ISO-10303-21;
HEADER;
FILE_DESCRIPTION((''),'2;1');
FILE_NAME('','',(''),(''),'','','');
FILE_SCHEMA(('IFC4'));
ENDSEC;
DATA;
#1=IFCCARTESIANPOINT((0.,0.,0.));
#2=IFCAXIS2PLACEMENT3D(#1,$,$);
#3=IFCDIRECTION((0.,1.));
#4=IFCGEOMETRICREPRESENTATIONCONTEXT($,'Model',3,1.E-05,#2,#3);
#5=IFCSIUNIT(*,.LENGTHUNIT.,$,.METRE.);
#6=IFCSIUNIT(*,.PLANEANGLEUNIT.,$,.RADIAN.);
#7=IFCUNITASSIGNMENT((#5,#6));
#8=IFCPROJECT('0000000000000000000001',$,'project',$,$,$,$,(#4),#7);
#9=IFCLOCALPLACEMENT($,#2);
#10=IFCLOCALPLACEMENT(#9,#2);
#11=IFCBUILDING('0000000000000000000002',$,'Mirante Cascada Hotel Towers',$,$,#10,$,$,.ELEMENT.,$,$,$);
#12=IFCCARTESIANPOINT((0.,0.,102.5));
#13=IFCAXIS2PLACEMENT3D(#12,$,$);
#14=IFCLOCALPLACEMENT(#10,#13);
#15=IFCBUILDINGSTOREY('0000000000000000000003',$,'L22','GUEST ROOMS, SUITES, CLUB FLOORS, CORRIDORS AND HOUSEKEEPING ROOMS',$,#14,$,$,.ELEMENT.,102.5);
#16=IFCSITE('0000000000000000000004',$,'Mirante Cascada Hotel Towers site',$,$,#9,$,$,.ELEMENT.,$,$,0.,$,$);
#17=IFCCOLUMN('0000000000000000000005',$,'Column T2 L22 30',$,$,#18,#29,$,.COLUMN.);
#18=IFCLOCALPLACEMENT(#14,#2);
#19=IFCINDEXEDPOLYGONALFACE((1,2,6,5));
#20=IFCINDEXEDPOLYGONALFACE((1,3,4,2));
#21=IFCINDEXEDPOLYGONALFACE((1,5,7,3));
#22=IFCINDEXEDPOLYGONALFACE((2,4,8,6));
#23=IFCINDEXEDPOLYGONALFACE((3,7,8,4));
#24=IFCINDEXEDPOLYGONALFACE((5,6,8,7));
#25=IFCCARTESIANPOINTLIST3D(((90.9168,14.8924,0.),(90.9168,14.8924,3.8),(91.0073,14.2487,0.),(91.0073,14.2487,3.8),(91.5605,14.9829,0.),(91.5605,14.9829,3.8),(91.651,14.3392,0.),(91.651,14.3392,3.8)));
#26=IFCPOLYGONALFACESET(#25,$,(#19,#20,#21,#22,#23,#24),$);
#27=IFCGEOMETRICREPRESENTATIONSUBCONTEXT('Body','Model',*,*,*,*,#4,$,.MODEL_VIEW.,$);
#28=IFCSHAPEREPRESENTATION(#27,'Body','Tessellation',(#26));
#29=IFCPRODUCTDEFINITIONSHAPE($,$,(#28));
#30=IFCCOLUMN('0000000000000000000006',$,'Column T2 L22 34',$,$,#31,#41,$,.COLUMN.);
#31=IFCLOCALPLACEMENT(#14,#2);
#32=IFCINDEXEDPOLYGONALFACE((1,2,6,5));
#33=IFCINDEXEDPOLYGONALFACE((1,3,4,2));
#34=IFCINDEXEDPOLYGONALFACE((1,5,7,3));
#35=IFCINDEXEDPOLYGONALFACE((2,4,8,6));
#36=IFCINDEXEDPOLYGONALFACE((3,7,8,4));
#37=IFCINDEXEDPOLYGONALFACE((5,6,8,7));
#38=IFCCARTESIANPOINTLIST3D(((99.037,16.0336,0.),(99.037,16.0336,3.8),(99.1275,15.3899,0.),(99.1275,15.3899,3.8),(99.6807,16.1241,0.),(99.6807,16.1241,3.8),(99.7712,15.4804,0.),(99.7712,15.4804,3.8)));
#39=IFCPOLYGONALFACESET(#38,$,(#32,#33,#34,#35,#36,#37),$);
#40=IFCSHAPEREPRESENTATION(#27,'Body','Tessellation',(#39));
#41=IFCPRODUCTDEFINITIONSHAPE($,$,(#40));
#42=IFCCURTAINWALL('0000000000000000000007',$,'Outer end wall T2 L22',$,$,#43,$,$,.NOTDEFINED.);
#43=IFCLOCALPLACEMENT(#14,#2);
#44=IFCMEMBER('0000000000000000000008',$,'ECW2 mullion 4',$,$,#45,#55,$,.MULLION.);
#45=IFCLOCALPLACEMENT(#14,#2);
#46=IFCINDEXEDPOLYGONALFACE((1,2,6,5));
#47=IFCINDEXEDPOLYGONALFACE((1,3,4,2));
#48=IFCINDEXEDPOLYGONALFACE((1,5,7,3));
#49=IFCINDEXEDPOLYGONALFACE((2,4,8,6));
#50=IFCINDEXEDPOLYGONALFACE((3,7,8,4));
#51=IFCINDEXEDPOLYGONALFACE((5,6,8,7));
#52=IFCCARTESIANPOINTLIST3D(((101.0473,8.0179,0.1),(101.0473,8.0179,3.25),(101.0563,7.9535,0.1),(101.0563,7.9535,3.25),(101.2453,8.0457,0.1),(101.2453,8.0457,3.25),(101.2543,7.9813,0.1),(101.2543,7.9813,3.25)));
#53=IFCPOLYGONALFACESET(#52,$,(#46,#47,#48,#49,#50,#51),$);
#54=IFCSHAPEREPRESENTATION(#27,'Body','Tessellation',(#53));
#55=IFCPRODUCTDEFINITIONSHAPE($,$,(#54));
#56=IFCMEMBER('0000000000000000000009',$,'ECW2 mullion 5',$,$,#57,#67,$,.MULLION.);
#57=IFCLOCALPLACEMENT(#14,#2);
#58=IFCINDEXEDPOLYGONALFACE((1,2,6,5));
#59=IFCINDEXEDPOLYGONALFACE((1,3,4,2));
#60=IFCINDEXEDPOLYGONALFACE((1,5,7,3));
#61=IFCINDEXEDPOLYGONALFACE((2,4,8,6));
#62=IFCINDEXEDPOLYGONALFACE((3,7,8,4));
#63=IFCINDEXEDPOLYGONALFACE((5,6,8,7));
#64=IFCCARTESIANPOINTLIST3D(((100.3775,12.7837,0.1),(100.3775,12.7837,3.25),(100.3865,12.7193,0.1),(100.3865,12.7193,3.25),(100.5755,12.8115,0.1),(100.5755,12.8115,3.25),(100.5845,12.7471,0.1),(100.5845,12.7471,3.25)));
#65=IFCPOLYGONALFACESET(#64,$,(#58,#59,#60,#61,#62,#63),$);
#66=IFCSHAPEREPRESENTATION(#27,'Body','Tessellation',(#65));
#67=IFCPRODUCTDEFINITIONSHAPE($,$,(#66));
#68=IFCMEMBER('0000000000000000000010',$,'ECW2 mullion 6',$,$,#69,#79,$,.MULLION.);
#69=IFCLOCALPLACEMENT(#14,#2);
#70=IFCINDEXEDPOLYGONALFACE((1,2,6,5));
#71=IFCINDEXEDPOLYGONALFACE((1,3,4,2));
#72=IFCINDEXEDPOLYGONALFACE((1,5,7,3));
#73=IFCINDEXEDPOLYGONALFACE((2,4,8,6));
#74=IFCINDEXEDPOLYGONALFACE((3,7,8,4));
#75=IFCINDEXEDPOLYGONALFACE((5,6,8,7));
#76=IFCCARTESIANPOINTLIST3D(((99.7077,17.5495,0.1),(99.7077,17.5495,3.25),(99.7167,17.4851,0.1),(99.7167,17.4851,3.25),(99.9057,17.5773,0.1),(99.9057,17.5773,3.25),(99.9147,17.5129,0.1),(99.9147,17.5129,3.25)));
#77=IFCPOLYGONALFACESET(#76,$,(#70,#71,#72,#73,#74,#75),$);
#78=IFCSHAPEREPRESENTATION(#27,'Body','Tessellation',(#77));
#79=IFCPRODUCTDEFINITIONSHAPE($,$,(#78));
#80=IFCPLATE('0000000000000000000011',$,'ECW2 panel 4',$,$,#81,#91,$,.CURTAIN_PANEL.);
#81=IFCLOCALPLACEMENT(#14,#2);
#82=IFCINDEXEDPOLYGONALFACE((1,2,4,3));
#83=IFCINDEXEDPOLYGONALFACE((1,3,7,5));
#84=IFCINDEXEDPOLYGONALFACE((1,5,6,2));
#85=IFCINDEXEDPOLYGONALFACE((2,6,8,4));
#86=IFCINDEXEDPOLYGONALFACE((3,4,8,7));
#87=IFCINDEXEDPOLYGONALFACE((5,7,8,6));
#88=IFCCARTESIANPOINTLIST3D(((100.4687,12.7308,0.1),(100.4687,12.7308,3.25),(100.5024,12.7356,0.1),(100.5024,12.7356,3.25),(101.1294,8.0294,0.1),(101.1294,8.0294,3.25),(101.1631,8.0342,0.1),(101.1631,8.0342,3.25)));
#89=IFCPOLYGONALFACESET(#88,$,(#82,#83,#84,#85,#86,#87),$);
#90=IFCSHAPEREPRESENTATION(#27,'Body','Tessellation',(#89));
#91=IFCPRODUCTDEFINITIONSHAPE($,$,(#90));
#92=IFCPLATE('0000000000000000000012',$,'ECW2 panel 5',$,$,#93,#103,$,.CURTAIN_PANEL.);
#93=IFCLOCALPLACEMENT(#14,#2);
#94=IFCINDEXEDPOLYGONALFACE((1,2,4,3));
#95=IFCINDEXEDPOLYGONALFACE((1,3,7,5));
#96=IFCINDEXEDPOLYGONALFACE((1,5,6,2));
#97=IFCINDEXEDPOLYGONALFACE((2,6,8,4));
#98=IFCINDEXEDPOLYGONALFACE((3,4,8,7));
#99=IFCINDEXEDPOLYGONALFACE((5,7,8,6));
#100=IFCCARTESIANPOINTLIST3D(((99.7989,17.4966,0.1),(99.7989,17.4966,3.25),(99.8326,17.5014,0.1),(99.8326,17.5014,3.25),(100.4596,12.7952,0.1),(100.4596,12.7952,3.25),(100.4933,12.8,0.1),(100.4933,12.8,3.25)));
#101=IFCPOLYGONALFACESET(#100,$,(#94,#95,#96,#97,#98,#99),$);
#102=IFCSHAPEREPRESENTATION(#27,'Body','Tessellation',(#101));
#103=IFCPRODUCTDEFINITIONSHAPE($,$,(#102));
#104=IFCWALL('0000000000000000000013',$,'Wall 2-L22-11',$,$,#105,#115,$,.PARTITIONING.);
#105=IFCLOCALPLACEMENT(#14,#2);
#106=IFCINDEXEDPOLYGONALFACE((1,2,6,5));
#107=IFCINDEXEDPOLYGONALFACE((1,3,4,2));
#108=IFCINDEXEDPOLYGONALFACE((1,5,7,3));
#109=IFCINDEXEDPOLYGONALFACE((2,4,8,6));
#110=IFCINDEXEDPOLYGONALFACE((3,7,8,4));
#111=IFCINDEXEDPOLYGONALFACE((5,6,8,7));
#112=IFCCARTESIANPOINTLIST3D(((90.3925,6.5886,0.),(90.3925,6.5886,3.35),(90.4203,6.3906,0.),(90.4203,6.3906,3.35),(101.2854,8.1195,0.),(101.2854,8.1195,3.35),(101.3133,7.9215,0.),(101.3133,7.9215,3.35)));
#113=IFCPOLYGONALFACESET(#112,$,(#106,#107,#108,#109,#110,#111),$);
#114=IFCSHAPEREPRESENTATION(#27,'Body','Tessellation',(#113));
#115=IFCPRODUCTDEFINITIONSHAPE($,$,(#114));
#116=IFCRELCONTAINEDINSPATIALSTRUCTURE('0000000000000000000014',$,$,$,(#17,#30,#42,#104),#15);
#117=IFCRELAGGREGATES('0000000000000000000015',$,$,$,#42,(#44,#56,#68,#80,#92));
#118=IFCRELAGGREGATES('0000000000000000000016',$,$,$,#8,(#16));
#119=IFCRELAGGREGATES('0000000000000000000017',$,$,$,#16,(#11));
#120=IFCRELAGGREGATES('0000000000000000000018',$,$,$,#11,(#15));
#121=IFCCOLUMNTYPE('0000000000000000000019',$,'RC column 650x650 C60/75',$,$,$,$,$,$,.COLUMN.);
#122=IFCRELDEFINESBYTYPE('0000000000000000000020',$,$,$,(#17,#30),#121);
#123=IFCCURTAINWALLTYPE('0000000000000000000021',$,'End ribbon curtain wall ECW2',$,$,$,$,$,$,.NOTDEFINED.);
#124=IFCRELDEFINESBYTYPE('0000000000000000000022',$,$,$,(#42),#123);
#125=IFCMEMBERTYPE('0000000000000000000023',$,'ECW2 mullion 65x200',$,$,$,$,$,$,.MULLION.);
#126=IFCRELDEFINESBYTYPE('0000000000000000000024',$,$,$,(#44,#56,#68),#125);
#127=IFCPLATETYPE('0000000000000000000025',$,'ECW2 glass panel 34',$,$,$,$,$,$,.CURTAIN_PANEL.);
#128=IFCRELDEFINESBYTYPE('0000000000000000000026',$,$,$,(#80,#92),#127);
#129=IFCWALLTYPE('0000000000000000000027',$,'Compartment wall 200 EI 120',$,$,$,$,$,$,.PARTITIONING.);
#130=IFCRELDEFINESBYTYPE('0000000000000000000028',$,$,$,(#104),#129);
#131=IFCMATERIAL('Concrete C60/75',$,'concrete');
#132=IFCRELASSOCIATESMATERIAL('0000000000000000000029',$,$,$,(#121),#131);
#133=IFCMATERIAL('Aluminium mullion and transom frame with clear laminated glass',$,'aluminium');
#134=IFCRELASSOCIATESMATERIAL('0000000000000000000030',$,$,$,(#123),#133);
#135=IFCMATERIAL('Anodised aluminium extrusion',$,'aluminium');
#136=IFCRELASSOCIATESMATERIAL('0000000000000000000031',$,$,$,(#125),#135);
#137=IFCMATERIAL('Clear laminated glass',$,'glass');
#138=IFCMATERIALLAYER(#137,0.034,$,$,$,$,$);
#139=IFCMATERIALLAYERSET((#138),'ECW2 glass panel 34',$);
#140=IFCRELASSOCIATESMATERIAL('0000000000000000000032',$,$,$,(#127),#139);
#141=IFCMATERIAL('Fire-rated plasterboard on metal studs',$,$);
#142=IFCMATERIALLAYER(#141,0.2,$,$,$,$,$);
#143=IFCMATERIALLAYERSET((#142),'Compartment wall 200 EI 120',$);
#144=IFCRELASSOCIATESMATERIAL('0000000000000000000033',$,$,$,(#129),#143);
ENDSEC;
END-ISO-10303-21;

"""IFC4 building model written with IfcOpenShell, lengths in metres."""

from ifc_helpers import new_model, si_unit, direction, frame, frame_2d, origin, origin_2d, place, context, subcontext, project, spatial, rectangle, extrude, material, layer, layer_set, material_profile, profile_set, type_object, element, aggregate, save


model = new_model("IFC4")

# Units and contexts
model_context = context("Model", 3, precision=1e-05, world=origin(), true_north=direction((0.0, 1.0)))
body_context = subcontext(model_context, "Body", "Model", "MODEL_VIEW")
ifc_project = project(units=[si_unit("LENGTHUNIT", "METRE"), si_unit("PLANEANGLEUNIT", "RADIAN")], contexts=[model_context])

# Site, building, storey
site_placement = place(None, origin())
site = spatial("IfcSite", under=ifc_project, at=site_placement, Name="Mirante Cascada Hotel Towers site", CompositionType="ELEMENT", RefElevation=0.0)
building_placement = place(site_placement, origin())
building = spatial("IfcBuilding", under=site, at=building_placement, Name="Mirante Cascada Hotel Towers", CompositionType="ELEMENT")
storey_placement = place(building_placement, frame((0.0, 0.0, 102.5)))
storey = spatial("IfcBuildingStorey", under=building, at=storey_placement, Name="L22", Description="GUEST ROOMS, SUITES, CLUB FLOORS, CORRIDORS AND HOUSEKEEPING ROOMS", CompositionType="ELEMENT", Elevation=102.5)

# Columns
ifc_material_1 = material(Name="Concrete C60/75", Category="concrete")
ifc_material_profile_1 = material_profile(ifc_material_1, rectangle(XDim=0.65, YDim=0.65, at=origin_2d()), Name="RC column 650x650 C60/75")
ifc_profile_set_1 = profile_set([ifc_material_profile_1], Name="Concrete C60/75")
column_type = type_object("IfcColumnType", Name="RC column 650x650 C60/75", PredefinedType="COLUMN", material=ifc_profile_set_1)
for number, where, z_axis, x_axis, name in (
    (1, (91.2839, 14.6158, 0.0), (0.0, 0.0, 1.0), (0.990268, 0.139173, 0.0), "Column T2 L22 30"),
    (2, (99.4041, 15.757, 0.0), (0.0, 0.0, 1.0), (0.990268, 0.139173, 0.0), "Column T2 L22 34"),
):
    element("IfcColumn", number, at=place(storey_placement, frame(where, z_axis=z_axis, x_axis=x_axis)), inside=storey, type_object=column_type, Name=name, PredefinedType="COLUMN", context=body_context, shape_type="SweptSolid", body=[
        extrude(rectangle(XDim=0.65, YDim=0.65, at=origin_2d()), origin(), (0.0, 0.0, 1.0), 3.8),
    ])

# Curtain wall, members, plates
ifc_material_2 = material(Name="Aluminium mullion and transom frame with clear laminated glass", Category="aluminium")
curtain_wall_type = type_object("IfcCurtainWallType", Name="End ribbon curtain wall ECW2", PredefinedType="NOTDEFINED", material=ifc_material_2)
curtain_wall_placement = place(storey_placement, origin())
curtain_wall = element("IfcCurtainWall", 3, at=curtain_wall_placement, inside=storey, type_object=curtain_wall_type, Name="Outer end wall T2 L22", PredefinedType="NOTDEFINED")
ifc_material_3 = material(Name="Anodised aluminium extrusion", Category="aluminium")
ifc_material_profile_2 = material_profile(ifc_material_3, rectangle(XDim=0.2, YDim=0.065, at=origin_2d()), Name="ECW2 MULLION 65x200")
ifc_profile_set_2 = profile_set([ifc_material_profile_2], Name="Anodised aluminium extrusion")
member_type = type_object("IfcMemberType", Name="ECW2 mullion 65x200", PredefinedType="MULLION", material=ifc_profile_set_2)
member_1_placement = place(storey_placement, frame((101.1508, 7.9996, 0.1), z_axis=(0.0, 0.0, 1.0), x_axis=(-0.990268, -0.139173, 0.0)))
member_1 = element("IfcMember", 4, at=member_1_placement, type_object=member_type, Name="ECW2 mullion 4", PredefinedType="MULLION", context=body_context, shape_type="SweptSolid", body=[
    extrude(rectangle(XDim=0.2, YDim=0.065, at=origin_2d()), origin(), (0.0, 0.0, 1.0), 3.15),
])
member_2_placement = place(storey_placement, frame((100.481, 12.7654, 0.1), z_axis=(0.0, 0.0, 1.0), x_axis=(-0.990268, -0.139173, 0.0)))
member_2 = element("IfcMember", 5, at=member_2_placement, type_object=member_type, Name="ECW2 mullion 5", PredefinedType="MULLION", context=body_context, shape_type="SweptSolid", body=[
    extrude(rectangle(XDim=0.2, YDim=0.065, at=origin_2d()), origin(), (0.0, 0.0, 1.0), 3.15),
])
member_3_placement = place(storey_placement, frame((99.8112, 17.5312, 0.1), z_axis=(0.0, 0.0, 1.0), x_axis=(-0.990268, -0.139173, 0.0)))
member_3 = element("IfcMember", 6, at=member_3_placement, type_object=member_type, Name="ECW2 mullion 6", PredefinedType="MULLION", context=body_context, shape_type="SweptSolid", body=[
    extrude(rectangle(XDim=0.2, YDim=0.065, at=origin_2d()), origin(), (0.0, 0.0, 1.0), 3.15),
])
ifc_material_4 = material(Name="Clear laminated glass", Category="glass")
ifc_layer_1 = layer(ifc_material_4, 0.034)
ifc_layer_set_1 = layer_set([ifc_layer_1], Name="ECW2 glass panel 34")
plate_type = type_object("IfcPlateType", Name="ECW2 glass panel 34", PredefinedType="CURTAIN_PANEL", material=ifc_layer_set_1)
plate_1_placement = place(storey_placement, frame((100.8159, 10.3825, 0.1), z_axis=(0.0, 0.0, 1.0), x_axis=(-0.139173, 0.990268, 0.0)))
plate_1 = element("IfcPlate", 7, at=plate_1_placement, type_object=plate_type, Name="ECW2 panel 4", PredefinedType="CURTAIN_PANEL", context=body_context, shape_type="SweptSolid", body=[
    extrude(rectangle(XDim=4.7476, YDim=0.034, at=origin_2d()), origin(), (0.0, 0.0, 1.0), 3.15),
])
plate_2_placement = place(storey_placement, frame((100.1461, 15.1483, 0.1), z_axis=(0.0, 0.0, 1.0), x_axis=(-0.139173, 0.990268, 0.0)))
plate_2 = element("IfcPlate", 8, at=plate_2_placement, type_object=plate_type, Name="ECW2 panel 5", PredefinedType="CURTAIN_PANEL", context=body_context, shape_type="SweptSolid", body=[
    extrude(rectangle(XDim=4.7476, YDim=0.034, at=origin_2d()), origin(), (0.0, 0.0, 1.0), 3.15),
])
aggregate(curtain_wall, [member_1, member_2, member_3, plate_1, plate_2])

# Wall
ifc_material_5 = material(Name="Fire-rated plasterboard on metal studs")
ifc_layer_2 = layer(ifc_material_5, 0.2)
ifc_layer_set_2 = layer_set([ifc_layer_2], Name="Compartment wall 200 EI 120")
wall_type_1 = type_object("IfcWallType", Name="Compartment wall 200 EI 120", PredefinedType="PARTITIONING", material=ifc_layer_set_2)
wall_1_placement = place(storey_placement, frame((90.4064, 6.4896, 0.0), z_axis=(0.0, 0.0, 1.0), x_axis=(0.990268, 0.139173, 0.0)))
element("IfcWall", 9, at=wall_1_placement, inside=storey, type_object=wall_type_1, Name="Wall 2-L22-11", PredefinedType="PARTITIONING", context=body_context, shape_type="SweptSolid", body=[
    extrude(rectangle(XDim=11.0, YDim=0.2, at=frame_2d((5.5, 0.0))), origin(), (0.0, 0.0, 1.0), 3.35),
])

save(model, "model.ifc")
